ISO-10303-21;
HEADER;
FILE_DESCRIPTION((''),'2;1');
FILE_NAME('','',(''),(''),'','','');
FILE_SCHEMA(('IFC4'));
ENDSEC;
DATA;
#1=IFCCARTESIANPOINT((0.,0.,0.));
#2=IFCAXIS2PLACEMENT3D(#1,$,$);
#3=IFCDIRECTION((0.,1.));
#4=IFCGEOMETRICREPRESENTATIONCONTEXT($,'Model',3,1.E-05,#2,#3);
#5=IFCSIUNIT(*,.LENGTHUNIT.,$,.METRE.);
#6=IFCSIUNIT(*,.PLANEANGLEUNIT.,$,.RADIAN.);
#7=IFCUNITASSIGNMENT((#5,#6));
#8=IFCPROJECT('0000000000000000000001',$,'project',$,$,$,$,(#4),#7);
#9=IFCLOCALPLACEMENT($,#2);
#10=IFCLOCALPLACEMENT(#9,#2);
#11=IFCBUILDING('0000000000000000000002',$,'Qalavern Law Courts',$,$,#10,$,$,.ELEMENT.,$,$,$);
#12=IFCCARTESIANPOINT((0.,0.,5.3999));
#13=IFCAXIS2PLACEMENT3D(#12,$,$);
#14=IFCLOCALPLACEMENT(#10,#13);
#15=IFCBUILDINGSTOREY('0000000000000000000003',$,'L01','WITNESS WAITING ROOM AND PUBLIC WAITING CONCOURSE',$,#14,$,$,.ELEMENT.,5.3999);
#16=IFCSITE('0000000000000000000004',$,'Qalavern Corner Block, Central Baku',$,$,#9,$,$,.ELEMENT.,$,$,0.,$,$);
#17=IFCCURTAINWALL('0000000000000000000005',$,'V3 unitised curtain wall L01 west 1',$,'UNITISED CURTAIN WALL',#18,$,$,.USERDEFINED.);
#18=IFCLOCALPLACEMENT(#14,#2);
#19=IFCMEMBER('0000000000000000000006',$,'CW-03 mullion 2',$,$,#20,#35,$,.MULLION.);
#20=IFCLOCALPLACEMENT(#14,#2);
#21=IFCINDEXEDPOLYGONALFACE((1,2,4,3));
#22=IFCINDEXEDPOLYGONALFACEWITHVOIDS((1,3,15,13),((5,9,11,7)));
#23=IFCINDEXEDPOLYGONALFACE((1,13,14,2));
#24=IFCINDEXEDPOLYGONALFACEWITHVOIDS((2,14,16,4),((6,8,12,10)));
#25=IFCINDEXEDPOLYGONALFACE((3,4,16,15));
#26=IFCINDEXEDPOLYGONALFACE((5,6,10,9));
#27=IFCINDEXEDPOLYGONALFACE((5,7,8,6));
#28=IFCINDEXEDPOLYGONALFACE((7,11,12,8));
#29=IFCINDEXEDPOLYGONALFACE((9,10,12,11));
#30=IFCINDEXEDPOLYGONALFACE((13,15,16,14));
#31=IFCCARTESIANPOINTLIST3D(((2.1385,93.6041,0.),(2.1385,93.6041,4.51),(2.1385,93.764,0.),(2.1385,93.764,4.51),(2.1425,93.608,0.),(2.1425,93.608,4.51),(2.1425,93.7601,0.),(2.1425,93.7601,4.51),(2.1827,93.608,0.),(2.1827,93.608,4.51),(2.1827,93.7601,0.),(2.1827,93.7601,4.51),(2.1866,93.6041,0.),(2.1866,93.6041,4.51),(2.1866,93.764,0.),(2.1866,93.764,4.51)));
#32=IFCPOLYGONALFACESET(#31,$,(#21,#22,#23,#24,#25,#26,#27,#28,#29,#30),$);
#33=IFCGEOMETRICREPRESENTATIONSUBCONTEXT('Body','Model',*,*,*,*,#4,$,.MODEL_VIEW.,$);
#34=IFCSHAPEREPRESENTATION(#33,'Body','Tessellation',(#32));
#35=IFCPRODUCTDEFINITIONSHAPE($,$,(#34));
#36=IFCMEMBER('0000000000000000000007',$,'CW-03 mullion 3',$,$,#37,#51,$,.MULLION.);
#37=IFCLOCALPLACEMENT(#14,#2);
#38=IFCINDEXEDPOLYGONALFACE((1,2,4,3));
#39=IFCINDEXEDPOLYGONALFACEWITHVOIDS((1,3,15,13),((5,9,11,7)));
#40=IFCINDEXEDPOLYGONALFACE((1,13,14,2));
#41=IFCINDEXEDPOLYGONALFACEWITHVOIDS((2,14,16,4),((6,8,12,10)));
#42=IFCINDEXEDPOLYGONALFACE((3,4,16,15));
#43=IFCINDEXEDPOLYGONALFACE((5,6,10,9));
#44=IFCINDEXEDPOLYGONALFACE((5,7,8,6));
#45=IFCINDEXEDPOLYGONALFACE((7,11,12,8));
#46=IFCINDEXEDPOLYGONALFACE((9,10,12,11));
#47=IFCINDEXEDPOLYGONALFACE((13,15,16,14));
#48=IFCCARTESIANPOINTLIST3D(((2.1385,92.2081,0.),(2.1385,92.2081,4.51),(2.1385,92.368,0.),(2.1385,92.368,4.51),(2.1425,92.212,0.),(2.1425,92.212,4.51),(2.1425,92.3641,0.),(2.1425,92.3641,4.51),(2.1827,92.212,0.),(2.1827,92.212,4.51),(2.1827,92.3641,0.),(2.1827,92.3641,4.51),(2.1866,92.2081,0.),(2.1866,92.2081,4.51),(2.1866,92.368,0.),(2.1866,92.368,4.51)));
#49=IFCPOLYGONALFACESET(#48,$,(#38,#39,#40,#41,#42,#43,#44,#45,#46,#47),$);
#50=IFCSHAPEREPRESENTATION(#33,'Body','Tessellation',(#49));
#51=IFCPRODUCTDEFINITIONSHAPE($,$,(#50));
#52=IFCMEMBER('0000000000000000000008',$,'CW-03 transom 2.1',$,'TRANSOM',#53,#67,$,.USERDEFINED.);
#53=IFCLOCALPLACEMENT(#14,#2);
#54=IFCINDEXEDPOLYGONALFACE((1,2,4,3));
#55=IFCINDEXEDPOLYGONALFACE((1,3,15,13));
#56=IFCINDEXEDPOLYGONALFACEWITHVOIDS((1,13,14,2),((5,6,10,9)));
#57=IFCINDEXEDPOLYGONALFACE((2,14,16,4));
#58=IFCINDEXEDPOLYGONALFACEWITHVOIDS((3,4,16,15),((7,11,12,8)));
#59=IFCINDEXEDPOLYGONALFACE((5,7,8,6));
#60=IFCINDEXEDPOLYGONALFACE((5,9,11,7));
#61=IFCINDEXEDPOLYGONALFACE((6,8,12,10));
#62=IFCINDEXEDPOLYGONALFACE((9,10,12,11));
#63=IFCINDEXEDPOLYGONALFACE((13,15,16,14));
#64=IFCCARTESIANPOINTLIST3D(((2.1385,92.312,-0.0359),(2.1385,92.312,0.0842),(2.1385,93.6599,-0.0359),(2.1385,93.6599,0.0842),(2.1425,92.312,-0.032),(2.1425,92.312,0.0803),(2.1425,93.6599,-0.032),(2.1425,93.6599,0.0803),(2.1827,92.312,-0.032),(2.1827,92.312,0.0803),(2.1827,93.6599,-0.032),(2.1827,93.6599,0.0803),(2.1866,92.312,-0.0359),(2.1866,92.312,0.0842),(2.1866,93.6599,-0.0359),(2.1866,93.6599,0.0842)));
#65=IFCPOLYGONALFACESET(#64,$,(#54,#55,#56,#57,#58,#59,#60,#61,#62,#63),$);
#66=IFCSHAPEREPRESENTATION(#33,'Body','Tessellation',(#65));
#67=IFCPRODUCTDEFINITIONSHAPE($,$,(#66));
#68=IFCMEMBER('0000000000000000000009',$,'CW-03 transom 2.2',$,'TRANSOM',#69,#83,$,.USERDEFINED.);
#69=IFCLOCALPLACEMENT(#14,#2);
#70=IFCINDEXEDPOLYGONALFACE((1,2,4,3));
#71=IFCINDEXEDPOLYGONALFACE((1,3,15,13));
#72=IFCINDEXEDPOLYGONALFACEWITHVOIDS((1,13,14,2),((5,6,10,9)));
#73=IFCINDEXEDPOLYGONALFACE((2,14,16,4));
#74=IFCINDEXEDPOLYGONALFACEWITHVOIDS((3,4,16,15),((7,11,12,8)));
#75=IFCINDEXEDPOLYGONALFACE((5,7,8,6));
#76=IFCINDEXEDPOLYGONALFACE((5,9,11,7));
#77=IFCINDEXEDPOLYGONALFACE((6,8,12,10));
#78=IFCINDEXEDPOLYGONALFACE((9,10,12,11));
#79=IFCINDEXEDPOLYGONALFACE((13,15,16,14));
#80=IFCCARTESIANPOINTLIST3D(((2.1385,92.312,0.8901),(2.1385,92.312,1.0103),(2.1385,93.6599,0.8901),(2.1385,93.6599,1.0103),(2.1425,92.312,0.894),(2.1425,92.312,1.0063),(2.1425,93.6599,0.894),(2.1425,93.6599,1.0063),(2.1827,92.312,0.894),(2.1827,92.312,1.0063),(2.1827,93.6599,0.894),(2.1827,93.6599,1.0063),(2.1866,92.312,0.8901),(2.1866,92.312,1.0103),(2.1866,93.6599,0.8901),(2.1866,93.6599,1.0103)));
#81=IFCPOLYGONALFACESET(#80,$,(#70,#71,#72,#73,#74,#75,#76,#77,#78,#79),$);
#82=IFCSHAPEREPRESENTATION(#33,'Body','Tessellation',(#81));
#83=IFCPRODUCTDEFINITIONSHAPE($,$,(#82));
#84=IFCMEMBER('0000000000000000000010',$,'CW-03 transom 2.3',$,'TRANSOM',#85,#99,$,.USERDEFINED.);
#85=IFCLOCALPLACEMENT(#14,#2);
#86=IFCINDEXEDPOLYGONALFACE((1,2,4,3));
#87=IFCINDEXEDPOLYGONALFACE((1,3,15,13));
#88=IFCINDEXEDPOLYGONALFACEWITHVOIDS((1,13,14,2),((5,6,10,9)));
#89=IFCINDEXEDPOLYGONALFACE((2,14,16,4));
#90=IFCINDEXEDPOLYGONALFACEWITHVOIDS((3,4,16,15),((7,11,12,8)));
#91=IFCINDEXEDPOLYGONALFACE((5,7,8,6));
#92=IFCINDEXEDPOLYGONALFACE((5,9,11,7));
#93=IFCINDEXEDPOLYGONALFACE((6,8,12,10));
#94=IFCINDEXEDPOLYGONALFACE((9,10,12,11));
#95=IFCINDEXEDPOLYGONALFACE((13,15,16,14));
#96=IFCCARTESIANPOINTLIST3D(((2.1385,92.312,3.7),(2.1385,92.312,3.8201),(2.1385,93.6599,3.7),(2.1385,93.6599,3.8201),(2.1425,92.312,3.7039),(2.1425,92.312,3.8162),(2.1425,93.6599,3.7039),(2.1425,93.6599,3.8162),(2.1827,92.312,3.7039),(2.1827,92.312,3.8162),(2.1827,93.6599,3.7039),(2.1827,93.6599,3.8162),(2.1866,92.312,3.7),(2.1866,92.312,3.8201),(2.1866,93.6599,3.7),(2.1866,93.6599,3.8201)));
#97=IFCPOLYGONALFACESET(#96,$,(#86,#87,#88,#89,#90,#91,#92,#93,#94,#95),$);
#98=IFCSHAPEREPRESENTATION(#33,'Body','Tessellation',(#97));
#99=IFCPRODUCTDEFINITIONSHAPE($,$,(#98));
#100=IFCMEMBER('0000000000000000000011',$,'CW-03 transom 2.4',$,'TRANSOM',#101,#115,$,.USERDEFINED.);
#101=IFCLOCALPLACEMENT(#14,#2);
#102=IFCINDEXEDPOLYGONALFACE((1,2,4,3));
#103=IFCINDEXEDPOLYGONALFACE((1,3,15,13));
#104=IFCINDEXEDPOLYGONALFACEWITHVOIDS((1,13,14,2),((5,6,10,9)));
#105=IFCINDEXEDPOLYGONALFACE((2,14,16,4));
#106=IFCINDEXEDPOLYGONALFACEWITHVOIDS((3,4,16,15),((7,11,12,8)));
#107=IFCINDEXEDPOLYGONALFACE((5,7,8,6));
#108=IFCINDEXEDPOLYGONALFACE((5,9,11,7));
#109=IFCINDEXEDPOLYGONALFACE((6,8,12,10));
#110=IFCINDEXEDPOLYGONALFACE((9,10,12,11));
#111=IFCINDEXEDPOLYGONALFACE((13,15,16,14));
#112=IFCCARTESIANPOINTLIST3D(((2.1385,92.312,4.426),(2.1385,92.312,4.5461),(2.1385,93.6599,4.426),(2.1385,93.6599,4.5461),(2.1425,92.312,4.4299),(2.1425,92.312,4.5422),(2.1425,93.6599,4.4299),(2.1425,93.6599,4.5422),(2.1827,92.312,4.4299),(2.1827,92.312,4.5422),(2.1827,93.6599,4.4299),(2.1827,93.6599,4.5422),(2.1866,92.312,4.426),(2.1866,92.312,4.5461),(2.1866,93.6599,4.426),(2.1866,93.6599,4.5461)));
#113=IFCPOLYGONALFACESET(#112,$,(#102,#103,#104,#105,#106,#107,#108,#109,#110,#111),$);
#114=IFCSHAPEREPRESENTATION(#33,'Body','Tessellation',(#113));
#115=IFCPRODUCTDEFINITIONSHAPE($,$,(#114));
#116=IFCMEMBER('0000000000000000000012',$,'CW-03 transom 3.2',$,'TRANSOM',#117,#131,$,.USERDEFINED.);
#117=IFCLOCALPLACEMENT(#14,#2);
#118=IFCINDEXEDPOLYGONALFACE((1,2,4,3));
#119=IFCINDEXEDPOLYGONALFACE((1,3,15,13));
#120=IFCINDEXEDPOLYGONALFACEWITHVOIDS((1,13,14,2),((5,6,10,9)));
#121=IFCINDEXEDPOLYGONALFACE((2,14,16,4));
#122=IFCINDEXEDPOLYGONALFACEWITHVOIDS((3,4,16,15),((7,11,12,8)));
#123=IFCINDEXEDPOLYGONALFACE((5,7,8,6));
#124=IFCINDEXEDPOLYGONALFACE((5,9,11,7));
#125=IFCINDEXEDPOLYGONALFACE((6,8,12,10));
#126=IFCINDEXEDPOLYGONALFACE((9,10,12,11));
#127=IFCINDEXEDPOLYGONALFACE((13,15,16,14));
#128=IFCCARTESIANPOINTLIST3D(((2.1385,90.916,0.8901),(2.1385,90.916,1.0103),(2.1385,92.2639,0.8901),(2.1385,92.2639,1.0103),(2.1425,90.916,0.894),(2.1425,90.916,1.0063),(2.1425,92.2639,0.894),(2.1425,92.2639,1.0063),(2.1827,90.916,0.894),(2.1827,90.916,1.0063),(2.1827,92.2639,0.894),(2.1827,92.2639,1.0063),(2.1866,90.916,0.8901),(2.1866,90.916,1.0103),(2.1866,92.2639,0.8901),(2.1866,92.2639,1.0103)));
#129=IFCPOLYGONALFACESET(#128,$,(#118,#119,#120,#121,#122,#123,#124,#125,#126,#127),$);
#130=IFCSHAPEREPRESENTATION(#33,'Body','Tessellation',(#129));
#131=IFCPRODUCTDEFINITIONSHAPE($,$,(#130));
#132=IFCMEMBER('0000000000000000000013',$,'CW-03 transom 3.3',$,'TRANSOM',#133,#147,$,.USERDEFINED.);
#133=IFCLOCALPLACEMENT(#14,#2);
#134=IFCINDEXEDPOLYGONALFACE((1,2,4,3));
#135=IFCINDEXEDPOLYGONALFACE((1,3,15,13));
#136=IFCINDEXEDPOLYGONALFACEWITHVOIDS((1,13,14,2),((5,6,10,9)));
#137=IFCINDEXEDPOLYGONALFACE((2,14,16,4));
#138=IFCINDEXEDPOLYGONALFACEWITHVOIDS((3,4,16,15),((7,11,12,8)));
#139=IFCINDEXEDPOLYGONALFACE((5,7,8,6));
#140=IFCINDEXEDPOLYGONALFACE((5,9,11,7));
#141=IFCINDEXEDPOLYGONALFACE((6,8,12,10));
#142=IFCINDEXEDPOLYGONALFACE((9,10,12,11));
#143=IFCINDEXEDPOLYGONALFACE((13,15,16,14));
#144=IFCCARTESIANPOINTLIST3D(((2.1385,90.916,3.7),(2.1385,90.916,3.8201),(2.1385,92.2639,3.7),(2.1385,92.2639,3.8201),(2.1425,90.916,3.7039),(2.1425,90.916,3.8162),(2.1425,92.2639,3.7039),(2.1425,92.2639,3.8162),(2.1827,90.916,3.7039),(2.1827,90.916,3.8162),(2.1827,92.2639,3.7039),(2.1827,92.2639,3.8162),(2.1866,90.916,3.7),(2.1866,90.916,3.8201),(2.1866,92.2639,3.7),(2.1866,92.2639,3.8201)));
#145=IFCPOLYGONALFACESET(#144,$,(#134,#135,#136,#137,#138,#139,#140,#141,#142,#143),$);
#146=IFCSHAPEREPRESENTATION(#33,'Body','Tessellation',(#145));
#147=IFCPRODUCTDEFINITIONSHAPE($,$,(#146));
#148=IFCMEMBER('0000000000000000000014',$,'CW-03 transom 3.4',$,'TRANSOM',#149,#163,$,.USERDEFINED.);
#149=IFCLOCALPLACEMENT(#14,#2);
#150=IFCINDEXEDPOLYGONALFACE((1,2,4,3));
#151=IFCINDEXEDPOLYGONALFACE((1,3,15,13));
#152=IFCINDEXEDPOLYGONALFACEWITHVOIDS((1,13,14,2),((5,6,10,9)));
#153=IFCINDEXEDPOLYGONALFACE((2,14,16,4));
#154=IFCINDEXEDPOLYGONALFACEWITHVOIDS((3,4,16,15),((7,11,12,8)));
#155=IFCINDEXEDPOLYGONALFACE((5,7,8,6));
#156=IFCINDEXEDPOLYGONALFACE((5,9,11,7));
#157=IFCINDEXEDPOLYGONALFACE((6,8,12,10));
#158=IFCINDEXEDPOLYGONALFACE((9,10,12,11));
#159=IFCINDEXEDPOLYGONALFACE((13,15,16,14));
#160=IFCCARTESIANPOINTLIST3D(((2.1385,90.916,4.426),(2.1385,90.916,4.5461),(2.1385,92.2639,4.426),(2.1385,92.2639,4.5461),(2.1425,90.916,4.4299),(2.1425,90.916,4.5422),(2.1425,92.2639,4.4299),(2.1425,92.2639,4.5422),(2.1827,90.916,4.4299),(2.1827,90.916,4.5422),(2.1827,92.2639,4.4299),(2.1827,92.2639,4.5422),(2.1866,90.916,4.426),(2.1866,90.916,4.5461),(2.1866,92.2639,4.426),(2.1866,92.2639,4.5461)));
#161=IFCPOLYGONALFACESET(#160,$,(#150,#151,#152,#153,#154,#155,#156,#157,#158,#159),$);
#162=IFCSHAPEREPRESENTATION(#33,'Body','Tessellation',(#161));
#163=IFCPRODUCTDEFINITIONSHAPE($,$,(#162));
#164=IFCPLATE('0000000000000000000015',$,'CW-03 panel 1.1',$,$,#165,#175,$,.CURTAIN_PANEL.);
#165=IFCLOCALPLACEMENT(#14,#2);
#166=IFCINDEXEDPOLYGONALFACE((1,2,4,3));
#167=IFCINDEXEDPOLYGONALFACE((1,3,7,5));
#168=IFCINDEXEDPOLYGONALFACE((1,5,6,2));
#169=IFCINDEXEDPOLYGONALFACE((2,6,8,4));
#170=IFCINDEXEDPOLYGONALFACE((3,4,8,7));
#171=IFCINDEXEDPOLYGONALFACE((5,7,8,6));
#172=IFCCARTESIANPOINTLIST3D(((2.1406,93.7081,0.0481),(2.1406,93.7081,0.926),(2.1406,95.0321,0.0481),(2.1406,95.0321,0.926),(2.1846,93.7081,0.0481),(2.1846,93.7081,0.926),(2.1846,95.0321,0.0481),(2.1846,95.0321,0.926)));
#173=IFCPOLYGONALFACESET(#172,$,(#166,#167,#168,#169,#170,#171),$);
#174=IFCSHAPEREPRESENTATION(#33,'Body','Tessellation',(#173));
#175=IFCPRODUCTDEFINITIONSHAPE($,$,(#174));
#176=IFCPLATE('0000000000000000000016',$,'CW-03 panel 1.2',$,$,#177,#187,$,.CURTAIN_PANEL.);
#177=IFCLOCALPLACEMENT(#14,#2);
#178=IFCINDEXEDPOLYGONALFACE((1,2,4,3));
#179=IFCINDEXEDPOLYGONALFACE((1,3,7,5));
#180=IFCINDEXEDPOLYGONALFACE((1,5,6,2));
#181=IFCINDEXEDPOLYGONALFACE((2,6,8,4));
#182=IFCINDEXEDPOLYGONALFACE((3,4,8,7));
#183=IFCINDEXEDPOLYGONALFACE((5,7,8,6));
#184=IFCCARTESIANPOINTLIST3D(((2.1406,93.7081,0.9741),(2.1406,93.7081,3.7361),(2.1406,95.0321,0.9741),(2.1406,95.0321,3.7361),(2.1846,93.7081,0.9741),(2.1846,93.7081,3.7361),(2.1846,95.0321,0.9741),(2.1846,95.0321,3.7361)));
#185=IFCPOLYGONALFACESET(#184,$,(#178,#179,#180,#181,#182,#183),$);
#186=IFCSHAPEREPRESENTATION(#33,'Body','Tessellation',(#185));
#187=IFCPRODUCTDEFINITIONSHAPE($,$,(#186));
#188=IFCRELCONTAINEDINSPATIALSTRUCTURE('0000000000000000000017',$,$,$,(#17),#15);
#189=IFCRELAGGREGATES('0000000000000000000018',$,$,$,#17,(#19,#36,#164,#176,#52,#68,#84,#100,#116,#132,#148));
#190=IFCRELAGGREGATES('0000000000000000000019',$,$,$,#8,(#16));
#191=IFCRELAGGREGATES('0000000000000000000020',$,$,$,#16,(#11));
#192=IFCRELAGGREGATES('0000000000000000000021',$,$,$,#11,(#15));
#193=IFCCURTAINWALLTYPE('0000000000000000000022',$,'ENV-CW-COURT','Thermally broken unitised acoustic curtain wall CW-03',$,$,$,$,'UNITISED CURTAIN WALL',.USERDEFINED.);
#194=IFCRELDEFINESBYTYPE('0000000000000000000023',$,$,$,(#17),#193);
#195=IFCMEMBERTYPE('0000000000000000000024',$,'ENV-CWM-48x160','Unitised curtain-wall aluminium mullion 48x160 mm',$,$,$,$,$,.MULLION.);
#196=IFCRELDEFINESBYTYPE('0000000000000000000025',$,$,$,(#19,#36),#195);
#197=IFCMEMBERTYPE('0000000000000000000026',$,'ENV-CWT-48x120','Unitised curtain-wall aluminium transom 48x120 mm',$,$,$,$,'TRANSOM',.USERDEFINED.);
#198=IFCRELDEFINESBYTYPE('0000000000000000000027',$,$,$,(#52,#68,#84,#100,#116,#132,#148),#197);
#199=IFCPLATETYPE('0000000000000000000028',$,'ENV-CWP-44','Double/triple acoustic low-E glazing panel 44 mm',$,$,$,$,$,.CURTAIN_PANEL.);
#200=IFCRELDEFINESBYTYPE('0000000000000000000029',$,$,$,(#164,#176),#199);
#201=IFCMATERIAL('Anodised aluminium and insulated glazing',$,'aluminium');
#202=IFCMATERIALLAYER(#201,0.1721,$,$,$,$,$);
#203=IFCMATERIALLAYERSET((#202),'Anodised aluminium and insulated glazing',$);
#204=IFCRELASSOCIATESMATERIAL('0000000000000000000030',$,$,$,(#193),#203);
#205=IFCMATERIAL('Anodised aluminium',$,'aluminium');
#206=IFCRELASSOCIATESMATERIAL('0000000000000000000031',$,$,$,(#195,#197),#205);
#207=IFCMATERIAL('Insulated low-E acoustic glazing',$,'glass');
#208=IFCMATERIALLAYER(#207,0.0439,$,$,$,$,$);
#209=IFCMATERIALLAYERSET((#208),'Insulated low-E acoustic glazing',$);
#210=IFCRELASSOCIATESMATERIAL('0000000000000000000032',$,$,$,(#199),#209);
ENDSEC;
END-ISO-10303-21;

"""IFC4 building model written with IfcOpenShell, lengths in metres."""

from ifc_helpers import new_model, si_unit, direction, frame, origin, origin_2d, place, context, subcontext, project, spatial, rectangle, hollow_rectangle, extrude, material, layer, layer_set, material_profile, profile_set, type_object, element, aggregate, save


model = new_model("IFC4")

# Units and contexts
model_context = context("Model", 3, precision=1e-05, world=origin(), true_north=direction((0.0, 1.0)))
body_context = subcontext(model_context, "Body", "Model", "MODEL_VIEW")
ifc_project = project(units=[si_unit("LENGTHUNIT", "METRE"), si_unit("PLANEANGLEUNIT", "RADIAN")], contexts=[model_context])

# Site, building, storey
site_placement = place(None, origin())
site = spatial("IfcSite", under=ifc_project, at=site_placement, Name="Qalavern Corner Block, Central Baku", CompositionType="ELEMENT", RefElevation=0.0)
building_placement = place(site_placement, origin())
building = spatial("IfcBuilding", under=site, at=building_placement, Name="Qalavern Law Courts", CompositionType="ELEMENT")
storey_placement = place(building_placement, frame((0.0, 0.0, 5.3999)))
storey = spatial("IfcBuildingStorey", under=building, at=storey_placement, Name="L01", Description="WITNESS WAITING ROOM AND PUBLIC WAITING CONCOURSE", CompositionType="ELEMENT", Elevation=5.3999)

# Curtain wall, members, plates
ifc_material_1 = material(Name="Anodised aluminium and insulated glazing", Category="aluminium")
ifc_layer_1 = layer(ifc_material_1, 0.1721)
ifc_layer_set_1 = layer_set([ifc_layer_1], Name="Anodised aluminium and insulated glazing")
curtain_wall_type = type_object("IfcCurtainWallType", Name="ENV-CW-COURT", Description="Thermally broken unitised acoustic curtain wall CW-03", ElementType="UNITISED CURTAIN WALL", PredefinedType="USERDEFINED", material=ifc_layer_set_1)
curtain_wall_placement = place(storey_placement, origin())
curtain_wall = element("IfcCurtainWall", 1, at=curtain_wall_placement, inside=storey, type_object=curtain_wall_type, Name="V3 unitised curtain wall L01 west 1", ObjectType="UNITISED CURTAIN WALL", PredefinedType="USERDEFINED")
ifc_material_2 = material(Name="Anodised aluminium", Category="aluminium")
ifc_material_profile_1 = material_profile(ifc_material_2, hollow_rectangle(XDim=0.0481, YDim=0.1599, WallThickness=0.0039, at=origin_2d()), Name="ALU MULLION 48x160")
ifc_profile_set_1 = profile_set([ifc_material_profile_1], Name="Anodised aluminium")
member_type_1 = type_object("IfcMemberType", Name="ENV-CWM-48x160", Description="Unitised curtain-wall aluminium mullion 48x160 mm", PredefinedType="MULLION", material=ifc_profile_set_1)
member_1_placement = place(storey_placement, frame((2.1626, 93.6841, 0.0), z_axis=(0.0, 0.0, 1.0), x_axis=(1.0, 0.0, 0.0)))
member_1 = element("IfcMember", 2, at=member_1_placement, type_object=member_type_1, Name="CW-03 mullion 2", PredefinedType="MULLION", context=body_context, shape_type="SweptSolid", body=[
    extrude(hollow_rectangle(XDim=0.0481, YDim=0.1599, WallThickness=0.0039, at=origin_2d()), origin(), (0.0, 0.0, 1.0), 4.51),
])
member_2_placement = place(storey_placement, frame((2.1626, 92.2881, 0.0), z_axis=(0.0, 0.0, 1.0), x_axis=(1.0, 0.0, 0.0)))
member_2 = element("IfcMember", 3, at=member_2_placement, type_object=member_type_1, Name="CW-03 mullion 3", PredefinedType="MULLION", context=body_context, shape_type="SweptSolid", body=[
    extrude(hollow_rectangle(XDim=0.0481, YDim=0.1599, WallThickness=0.0039, at=origin_2d()), origin(), (0.0, 0.0, 1.0), 4.51),
])
ifc_material_profile_2 = material_profile(ifc_material_2, hollow_rectangle(XDim=0.0481, YDim=0.1201, WallThickness=0.0039, at=origin_2d()), Name="ALU TRANSOM 48x120")
ifc_profile_set_2 = profile_set([ifc_material_profile_2], Name="Anodised aluminium")
member_type_2 = type_object("IfcMemberType", Name="ENV-CWT-48x120", Description="Unitised curtain-wall aluminium transom 48x120 mm", ElementType="TRANSOM", PredefinedType="USERDEFINED", material=ifc_profile_set_2)
member_3_placement = place(storey_placement, frame((2.1626, 93.6599, 0.0242), z_axis=(0.0, -1.0, 0.0), x_axis=(1.0, 0.0, 0.0)))
member_3 = element("IfcMember", 4, at=member_3_placement, type_object=member_type_2, Name="CW-03 transom 2.1", ObjectType="TRANSOM", PredefinedType="USERDEFINED", context=body_context, shape_type="SweptSolid", body=[
    extrude(hollow_rectangle(XDim=0.0481, YDim=0.1201, WallThickness=0.0039, at=origin_2d()), origin(), (0.0, 0.0, 1.0), 1.3479),
])
member_4_placement = place(storey_placement, frame((2.1626, 93.6599, 0.9502), z_axis=(0.0, -1.0, 0.0), x_axis=(1.0, 0.0, 0.0)))
member_4 = element("IfcMember", 5, at=member_4_placement, type_object=member_type_2, Name="CW-03 transom 2.2", ObjectType="TRANSOM", PredefinedType="USERDEFINED", context=body_context, shape_type="SweptSolid", body=[
    extrude(hollow_rectangle(XDim=0.0481, YDim=0.1201, WallThickness=0.0039, at=origin_2d()), origin(), (0.0, 0.0, 1.0), 1.3479),
])
member_5_placement = place(storey_placement, frame((2.1626, 93.6599, 3.76), z_axis=(0.0, -1.0, 0.0), x_axis=(1.0, 0.0, 0.0)))
member_5 = element("IfcMember", 6, at=member_5_placement, type_object=member_type_2, Name="CW-03 transom 2.3", ObjectType="TRANSOM", PredefinedType="USERDEFINED", context=body_context, shape_type="SweptSolid", body=[
    extrude(hollow_rectangle(XDim=0.0481, YDim=0.1201, WallThickness=0.0039, at=origin_2d()), origin(), (0.0, 0.0, 1.0), 1.3479),
])
member_6_placement = place(storey_placement, frame((2.1626, 93.6599, 4.4861), z_axis=(0.0, -1.0, 0.0), x_axis=(1.0, 0.0, 0.0)))
member_6 = element("IfcMember", 7, at=member_6_placement, type_object=member_type_2, Name="CW-03 transom 2.4", ObjectType="TRANSOM", PredefinedType="USERDEFINED", context=body_context, shape_type="SweptSolid", body=[
    extrude(hollow_rectangle(XDim=0.0481, YDim=0.1201, WallThickness=0.0039, at=origin_2d()), origin(), (0.0, 0.0, 1.0), 1.3479),
])
member_7_placement = place(storey_placement, frame((2.1626, 92.2639, 0.9502), z_axis=(0.0, -1.0, 0.0), x_axis=(1.0, 0.0, 0.0)))
member_7 = element("IfcMember", 8, at=member_7_placement, type_object=member_type_2, Name="CW-03 transom 3.2", ObjectType="TRANSOM", PredefinedType="USERDEFINED", context=body_context, shape_type="SweptSolid", body=[
    extrude(hollow_rectangle(XDim=0.0481, YDim=0.1201, WallThickness=0.0039, at=origin_2d()), origin(), (0.0, 0.0, 1.0), 1.3479),
])
member_8_placement = place(storey_placement, frame((2.1626, 92.2639, 3.76), z_axis=(0.0, -1.0, 0.0), x_axis=(1.0, 0.0, 0.0)))
member_8 = element("IfcMember", 9, at=member_8_placement, type_object=member_type_2, Name="CW-03 transom 3.3", ObjectType="TRANSOM", PredefinedType="USERDEFINED", context=body_context, shape_type="SweptSolid", body=[
    extrude(hollow_rectangle(XDim=0.0481, YDim=0.1201, WallThickness=0.0039, at=origin_2d()), origin(), (0.0, 0.0, 1.0), 1.3479),
])
member_9_placement = place(storey_placement, frame((2.1626, 92.2639, 4.4861), z_axis=(0.0, -1.0, 0.0), x_axis=(1.0, 0.0, 0.0)))
member_9 = element("IfcMember", 10, at=member_9_placement, type_object=member_type_2, Name="CW-03 transom 3.4", ObjectType="TRANSOM", PredefinedType="USERDEFINED", context=body_context, shape_type="SweptSolid", body=[
    extrude(hollow_rectangle(XDim=0.0481, YDim=0.1201, WallThickness=0.0039, at=origin_2d()), origin(), (0.0, 0.0, 1.0), 1.3479),
])
ifc_material_3 = material(Name="Insulated low-E acoustic glazing", Category="glass")
ifc_layer_2 = layer(ifc_material_3, 0.0439)
ifc_layer_set_2 = layer_set([ifc_layer_2], Name="Insulated low-E acoustic glazing")
plate_type = type_object("IfcPlateType", Name="ENV-CWP-44", Description="Double/triple acoustic low-E glazing panel 44 mm", PredefinedType="CURTAIN_PANEL", material=ifc_layer_set_2)
plate_1_placement = place(storey_placement, frame((2.1626, 94.3701, 0.0481), z_axis=(0.0, 0.0, 1.0), x_axis=(0.0, -1.0, 0.0)))
plate_1 = element("IfcPlate", 11, at=plate_1_placement, type_object=plate_type, Name="CW-03 panel 1.1", PredefinedType="CURTAIN_PANEL", context=body_context, shape_type="SweptSolid", body=[
    extrude(rectangle(XDim=1.324, YDim=0.0439, at=origin_2d()), origin(), (0.0, 0.0, 1.0), 0.8779),
])
plate_2_placement = place(storey_placement, frame((2.1626, 94.3701, 0.9741), z_axis=(0.0, 0.0, 1.0), x_axis=(0.0, -1.0, 0.0)))
plate_2 = element("IfcPlate", 12, at=plate_2_placement, type_object=plate_type, Name="CW-03 panel 1.2", PredefinedType="CURTAIN_PANEL", context=body_context, shape_type="SweptSolid", body=[
    extrude(rectangle(XDim=1.324, YDim=0.0439, at=origin_2d()), origin(), (0.0, 0.0, 1.0), 2.762),
])
aggregate(curtain_wall, [member_1, member_2, plate_1, plate_2, member_3, member_4, member_5, member_6, member_7, member_8, member_9])

save(model, "model.ifc")
